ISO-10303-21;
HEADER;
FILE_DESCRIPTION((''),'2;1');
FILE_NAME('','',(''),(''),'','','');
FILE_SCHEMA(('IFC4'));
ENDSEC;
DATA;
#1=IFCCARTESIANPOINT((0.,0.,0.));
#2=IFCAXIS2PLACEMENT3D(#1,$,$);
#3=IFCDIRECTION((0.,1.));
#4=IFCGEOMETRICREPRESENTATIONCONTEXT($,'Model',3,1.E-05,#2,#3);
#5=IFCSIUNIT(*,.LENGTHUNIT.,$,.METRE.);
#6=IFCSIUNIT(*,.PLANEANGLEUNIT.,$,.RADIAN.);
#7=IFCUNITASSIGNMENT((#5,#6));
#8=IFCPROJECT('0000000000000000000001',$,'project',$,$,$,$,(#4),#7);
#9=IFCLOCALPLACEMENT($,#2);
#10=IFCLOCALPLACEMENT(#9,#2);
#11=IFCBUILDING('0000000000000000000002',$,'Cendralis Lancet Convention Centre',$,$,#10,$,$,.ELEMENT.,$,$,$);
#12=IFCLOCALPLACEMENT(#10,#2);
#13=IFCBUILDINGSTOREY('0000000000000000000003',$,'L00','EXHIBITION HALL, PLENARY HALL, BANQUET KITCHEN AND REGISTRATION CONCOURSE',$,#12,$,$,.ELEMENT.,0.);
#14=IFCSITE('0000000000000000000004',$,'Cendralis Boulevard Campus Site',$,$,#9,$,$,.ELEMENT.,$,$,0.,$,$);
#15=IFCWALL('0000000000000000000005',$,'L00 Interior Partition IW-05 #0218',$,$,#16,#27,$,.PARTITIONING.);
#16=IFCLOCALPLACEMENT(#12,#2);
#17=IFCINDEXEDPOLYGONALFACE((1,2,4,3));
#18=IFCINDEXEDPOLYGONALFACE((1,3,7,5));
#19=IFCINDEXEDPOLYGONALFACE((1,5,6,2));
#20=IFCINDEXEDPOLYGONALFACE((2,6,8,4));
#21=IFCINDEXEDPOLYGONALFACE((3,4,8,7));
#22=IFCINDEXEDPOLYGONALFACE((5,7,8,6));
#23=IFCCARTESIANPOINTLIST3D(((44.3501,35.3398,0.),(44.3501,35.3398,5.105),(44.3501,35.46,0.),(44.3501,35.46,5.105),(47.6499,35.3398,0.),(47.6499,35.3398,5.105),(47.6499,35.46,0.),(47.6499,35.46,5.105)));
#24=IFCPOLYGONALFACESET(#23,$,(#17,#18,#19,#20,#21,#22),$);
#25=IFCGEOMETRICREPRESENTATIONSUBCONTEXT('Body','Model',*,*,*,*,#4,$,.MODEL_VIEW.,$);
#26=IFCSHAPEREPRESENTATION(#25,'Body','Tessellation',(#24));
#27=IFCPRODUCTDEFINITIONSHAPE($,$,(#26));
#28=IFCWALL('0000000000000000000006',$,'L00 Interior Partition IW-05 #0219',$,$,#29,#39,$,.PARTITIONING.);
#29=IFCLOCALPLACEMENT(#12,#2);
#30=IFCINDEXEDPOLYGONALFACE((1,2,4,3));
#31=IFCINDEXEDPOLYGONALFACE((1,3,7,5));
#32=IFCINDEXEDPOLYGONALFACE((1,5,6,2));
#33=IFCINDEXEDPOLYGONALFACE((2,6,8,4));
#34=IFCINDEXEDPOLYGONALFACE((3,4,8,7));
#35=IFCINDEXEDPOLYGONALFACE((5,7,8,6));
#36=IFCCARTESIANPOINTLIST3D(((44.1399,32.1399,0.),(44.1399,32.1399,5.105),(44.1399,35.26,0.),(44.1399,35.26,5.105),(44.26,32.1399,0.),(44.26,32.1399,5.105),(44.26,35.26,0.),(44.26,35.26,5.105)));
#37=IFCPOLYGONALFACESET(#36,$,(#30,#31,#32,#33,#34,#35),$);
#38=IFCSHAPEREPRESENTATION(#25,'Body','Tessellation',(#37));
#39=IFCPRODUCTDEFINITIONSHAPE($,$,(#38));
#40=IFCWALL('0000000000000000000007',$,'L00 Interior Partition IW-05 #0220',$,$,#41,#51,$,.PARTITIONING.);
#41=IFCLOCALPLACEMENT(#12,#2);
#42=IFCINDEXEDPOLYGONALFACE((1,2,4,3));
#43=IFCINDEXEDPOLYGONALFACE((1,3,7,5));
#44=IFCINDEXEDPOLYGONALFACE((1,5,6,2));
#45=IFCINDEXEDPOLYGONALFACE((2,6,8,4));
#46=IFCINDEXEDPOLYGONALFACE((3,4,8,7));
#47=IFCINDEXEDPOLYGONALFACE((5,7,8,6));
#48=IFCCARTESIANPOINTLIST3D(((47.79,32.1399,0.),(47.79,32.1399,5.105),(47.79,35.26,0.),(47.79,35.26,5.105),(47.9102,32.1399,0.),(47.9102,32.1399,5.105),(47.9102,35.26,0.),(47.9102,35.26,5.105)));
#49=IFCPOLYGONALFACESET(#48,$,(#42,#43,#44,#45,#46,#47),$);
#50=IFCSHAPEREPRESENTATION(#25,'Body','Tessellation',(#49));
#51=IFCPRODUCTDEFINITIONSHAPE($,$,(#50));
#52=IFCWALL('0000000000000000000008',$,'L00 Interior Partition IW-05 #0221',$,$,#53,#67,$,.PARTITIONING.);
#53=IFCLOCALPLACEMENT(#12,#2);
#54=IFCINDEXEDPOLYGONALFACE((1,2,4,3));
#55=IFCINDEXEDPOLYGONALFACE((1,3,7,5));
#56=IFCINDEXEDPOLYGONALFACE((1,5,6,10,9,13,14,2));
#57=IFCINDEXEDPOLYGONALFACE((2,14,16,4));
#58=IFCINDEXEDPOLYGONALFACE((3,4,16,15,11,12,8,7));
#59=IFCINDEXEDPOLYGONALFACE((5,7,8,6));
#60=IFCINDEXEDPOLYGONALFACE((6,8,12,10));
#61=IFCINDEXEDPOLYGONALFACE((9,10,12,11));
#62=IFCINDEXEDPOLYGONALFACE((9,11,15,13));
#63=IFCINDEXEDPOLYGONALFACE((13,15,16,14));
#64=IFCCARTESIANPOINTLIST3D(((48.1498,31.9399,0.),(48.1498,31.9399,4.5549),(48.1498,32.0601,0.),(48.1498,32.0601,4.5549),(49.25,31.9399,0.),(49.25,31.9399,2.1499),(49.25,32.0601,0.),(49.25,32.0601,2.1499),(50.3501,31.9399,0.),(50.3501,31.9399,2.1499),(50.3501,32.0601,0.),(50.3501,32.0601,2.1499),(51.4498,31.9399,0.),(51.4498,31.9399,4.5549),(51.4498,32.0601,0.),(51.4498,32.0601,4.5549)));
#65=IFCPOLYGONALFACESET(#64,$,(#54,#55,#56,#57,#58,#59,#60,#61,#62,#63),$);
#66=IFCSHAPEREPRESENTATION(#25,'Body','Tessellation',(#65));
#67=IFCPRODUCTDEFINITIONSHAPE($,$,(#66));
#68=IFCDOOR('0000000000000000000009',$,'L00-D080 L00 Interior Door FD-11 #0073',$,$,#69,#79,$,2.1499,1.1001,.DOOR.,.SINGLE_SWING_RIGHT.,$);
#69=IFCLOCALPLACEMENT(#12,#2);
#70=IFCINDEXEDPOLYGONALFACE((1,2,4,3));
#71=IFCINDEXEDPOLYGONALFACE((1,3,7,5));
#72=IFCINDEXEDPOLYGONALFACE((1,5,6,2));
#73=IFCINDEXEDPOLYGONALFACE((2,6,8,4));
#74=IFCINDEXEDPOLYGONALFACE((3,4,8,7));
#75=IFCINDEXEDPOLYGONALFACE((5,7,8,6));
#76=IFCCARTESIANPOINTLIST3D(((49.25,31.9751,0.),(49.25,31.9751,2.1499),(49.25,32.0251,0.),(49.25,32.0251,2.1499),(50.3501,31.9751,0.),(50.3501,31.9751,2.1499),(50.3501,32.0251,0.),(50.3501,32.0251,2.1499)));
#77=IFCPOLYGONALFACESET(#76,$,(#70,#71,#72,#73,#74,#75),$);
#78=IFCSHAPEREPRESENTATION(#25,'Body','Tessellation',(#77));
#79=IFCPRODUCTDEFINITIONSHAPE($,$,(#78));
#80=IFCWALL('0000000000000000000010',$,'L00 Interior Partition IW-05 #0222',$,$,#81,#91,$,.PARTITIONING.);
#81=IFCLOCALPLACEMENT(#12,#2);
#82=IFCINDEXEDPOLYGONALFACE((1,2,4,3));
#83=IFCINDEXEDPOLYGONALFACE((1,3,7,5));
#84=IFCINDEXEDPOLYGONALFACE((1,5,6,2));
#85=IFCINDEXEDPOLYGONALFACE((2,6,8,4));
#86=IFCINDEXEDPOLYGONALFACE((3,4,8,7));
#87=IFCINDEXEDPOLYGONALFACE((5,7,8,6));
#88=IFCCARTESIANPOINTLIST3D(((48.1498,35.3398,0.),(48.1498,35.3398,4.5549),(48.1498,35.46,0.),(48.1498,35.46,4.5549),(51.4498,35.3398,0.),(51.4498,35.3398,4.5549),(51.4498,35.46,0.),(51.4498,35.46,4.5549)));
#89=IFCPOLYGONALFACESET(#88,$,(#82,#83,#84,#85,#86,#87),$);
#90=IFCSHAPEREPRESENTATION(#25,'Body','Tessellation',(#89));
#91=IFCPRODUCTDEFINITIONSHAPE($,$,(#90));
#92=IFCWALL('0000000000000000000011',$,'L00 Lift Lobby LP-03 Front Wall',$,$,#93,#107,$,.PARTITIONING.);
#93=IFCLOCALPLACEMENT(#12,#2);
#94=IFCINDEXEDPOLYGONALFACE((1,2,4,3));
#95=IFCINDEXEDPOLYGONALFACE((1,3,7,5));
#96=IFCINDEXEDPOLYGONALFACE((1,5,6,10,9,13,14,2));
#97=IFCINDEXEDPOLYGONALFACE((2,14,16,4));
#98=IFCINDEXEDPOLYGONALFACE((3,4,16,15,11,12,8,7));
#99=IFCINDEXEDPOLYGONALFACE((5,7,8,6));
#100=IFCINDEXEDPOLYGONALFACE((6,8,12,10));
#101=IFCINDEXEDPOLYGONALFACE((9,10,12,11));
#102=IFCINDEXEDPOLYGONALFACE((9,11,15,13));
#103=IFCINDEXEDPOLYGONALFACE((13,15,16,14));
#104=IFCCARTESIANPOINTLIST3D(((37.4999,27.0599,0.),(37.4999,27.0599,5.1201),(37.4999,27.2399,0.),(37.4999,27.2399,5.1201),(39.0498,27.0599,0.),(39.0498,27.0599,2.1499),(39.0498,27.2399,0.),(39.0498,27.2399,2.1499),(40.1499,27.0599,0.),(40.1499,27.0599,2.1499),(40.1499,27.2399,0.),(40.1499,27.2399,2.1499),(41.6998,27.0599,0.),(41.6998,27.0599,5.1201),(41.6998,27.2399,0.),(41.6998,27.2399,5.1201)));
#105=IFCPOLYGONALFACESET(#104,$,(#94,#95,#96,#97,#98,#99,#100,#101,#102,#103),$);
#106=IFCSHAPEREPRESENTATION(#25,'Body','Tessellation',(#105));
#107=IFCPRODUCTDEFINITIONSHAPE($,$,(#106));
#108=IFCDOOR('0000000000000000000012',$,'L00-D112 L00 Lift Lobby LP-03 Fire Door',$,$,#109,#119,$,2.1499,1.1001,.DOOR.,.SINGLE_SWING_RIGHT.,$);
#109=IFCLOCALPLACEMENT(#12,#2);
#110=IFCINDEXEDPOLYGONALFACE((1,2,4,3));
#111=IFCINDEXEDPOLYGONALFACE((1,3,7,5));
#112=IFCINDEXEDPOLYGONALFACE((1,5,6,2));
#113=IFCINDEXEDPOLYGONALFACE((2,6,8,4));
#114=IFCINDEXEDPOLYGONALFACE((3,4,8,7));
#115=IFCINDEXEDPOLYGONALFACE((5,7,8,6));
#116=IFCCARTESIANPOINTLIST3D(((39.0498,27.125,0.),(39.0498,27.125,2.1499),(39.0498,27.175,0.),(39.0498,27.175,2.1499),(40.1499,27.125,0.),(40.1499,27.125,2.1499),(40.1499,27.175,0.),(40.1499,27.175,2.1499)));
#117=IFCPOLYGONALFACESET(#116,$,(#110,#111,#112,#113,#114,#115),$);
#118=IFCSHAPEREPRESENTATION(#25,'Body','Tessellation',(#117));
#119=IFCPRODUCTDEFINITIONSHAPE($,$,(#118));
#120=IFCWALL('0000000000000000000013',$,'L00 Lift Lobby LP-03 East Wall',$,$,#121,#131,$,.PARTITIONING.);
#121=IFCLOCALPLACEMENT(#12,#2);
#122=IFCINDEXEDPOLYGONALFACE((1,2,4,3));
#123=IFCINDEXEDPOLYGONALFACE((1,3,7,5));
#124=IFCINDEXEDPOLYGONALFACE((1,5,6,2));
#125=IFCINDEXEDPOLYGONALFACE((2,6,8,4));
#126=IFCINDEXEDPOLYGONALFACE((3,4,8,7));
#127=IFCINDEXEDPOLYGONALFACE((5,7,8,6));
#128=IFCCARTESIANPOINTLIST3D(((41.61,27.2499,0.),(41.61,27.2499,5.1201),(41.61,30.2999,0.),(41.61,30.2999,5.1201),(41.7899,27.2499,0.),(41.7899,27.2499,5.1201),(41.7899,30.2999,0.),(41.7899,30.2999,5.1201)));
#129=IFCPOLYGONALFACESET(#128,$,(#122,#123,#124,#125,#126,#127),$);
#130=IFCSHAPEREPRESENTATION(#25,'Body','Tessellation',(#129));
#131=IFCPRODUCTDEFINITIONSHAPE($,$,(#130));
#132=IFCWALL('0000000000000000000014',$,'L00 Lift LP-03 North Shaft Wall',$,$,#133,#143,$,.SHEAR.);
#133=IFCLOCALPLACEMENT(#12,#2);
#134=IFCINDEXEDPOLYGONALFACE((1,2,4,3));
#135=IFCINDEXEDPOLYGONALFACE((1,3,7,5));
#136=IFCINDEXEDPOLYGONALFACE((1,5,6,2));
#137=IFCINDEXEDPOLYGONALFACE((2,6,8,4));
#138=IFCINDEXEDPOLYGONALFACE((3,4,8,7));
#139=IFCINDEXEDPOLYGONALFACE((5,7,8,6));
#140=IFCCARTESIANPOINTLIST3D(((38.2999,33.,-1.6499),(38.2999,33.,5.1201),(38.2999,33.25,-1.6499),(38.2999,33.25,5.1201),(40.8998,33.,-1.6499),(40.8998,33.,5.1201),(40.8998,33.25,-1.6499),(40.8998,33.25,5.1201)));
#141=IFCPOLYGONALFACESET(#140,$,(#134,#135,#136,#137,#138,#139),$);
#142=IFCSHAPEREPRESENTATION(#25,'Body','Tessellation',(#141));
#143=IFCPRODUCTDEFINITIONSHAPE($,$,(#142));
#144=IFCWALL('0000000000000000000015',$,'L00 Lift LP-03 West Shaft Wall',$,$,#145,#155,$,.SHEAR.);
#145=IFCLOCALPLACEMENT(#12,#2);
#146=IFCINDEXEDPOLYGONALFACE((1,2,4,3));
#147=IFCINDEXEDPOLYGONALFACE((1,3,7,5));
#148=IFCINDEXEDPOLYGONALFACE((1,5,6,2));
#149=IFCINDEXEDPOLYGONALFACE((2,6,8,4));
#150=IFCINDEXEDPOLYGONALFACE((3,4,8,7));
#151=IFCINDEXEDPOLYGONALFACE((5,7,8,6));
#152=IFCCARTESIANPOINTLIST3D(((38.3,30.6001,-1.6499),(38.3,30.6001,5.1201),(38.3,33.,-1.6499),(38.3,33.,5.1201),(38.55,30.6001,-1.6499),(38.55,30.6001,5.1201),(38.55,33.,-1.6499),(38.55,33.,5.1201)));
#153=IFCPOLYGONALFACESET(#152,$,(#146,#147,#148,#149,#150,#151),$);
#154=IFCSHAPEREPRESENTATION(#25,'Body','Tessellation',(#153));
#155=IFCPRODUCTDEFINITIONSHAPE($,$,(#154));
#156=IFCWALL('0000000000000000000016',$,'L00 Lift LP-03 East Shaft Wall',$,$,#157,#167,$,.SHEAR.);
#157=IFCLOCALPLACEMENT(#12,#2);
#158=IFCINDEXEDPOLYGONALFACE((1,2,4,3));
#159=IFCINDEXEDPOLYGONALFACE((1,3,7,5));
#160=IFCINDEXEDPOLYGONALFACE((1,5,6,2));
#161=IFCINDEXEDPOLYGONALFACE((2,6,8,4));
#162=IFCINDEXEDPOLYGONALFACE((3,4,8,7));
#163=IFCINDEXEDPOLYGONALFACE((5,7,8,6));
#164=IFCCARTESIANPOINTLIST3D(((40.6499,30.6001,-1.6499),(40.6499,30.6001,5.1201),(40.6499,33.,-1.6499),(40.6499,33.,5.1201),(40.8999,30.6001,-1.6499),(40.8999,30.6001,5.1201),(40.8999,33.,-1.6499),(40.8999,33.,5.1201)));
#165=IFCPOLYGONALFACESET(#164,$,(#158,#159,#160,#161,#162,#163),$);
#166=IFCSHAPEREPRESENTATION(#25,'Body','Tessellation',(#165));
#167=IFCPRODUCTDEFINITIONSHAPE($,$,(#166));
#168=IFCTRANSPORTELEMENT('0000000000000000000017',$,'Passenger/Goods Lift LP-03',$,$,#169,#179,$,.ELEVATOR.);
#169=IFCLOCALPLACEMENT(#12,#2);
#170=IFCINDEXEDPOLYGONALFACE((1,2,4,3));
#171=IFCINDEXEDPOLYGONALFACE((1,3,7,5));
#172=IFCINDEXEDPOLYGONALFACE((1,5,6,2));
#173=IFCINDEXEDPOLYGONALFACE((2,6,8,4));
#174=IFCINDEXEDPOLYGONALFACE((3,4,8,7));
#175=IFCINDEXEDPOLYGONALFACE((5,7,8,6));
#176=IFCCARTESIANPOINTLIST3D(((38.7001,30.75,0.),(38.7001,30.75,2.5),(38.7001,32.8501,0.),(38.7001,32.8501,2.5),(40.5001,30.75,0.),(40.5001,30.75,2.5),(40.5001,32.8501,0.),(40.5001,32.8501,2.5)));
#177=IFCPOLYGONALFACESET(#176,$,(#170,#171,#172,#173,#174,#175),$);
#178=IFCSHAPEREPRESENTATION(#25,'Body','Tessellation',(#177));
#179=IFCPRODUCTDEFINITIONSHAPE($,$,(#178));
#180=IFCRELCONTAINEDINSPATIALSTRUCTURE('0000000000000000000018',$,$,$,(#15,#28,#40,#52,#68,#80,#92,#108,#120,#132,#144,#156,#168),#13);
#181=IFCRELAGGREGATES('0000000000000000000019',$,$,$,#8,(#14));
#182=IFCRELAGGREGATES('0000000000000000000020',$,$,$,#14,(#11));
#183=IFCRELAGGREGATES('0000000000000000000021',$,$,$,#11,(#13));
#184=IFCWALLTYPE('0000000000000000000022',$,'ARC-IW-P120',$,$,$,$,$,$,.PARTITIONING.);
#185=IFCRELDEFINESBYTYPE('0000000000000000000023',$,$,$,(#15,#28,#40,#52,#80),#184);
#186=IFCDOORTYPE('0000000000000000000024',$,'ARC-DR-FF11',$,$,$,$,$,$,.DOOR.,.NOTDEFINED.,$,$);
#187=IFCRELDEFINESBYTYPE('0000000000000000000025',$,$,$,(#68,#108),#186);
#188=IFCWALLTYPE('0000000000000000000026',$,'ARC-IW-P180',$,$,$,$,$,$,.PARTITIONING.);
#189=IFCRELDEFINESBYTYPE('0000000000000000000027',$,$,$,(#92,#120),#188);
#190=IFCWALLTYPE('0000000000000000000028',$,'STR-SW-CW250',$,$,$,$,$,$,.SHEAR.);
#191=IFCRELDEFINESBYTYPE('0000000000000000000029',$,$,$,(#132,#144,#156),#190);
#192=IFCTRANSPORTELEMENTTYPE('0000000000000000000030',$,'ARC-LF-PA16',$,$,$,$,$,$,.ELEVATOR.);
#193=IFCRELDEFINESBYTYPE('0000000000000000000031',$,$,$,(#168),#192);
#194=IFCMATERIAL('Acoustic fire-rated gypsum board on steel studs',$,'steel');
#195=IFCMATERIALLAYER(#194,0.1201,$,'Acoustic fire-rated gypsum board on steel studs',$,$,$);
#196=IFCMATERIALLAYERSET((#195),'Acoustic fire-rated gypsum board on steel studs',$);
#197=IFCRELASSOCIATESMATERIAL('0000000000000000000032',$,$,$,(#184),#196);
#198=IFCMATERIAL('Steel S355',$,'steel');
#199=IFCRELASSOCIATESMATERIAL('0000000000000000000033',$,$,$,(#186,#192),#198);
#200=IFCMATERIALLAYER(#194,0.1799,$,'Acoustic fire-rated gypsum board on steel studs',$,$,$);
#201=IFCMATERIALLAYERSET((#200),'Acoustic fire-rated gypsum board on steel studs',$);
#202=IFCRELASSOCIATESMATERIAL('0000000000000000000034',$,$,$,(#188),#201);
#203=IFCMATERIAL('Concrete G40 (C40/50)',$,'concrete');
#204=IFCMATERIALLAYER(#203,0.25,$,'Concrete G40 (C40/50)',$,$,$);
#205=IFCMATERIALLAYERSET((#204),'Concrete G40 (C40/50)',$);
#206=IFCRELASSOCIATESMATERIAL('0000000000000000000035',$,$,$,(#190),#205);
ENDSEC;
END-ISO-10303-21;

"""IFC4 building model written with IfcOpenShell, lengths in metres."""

from ifc_helpers import new_model, si_unit, direction, frame, frame_2d, origin, origin_2d, place, context, subcontext, project, spatial, rectangle, extrude, material, layer, layer_set, type_object, element, fill, save


model = new_model("IFC4")

# Units and contexts
model_context = context("Model", 3, precision=1e-05, world=origin(), true_north=direction((0.0, 1.0)))
body_context = subcontext(model_context, "Body", "Model", "MODEL_VIEW")
ifc_project = project(units=[si_unit("LENGTHUNIT", "METRE"), si_unit("PLANEANGLEUNIT", "RADIAN")], contexts=[model_context])

# Site, building, storey
site_placement = place(None, origin())
site = spatial("IfcSite", under=ifc_project, at=site_placement, Name="Cendralis Boulevard Campus Site", CompositionType="ELEMENT", RefElevation=0.0)
building_placement = place(site_placement, origin())
building = spatial("IfcBuilding", under=site, at=building_placement, Name="Cendralis Lancet Convention Centre", CompositionType="ELEMENT")
storey_placement = place(building_placement, origin())
storey = spatial("IfcBuildingStorey", under=building, at=storey_placement, Name="L00", Description="EXHIBITION HALL, PLENARY HALL, BANQUET KITCHEN AND REGISTRATION CONCOURSE", CompositionType="ELEMENT", Elevation=0.0)

# Shared definitions
ifc_material_1 = material(Name="Concrete G40 (C40/50)", Category="concrete")

# Shared definitions
ifc_material_2 = material(Name="Acoustic fire-rated gypsum board on steel studs", Category="steel")
ifc_layer_1 = layer(ifc_material_2, 0.1201, Name="Acoustic fire-rated gypsum board on steel studs")
ifc_layer_set_1 = layer_set([ifc_layer_1], Name="Acoustic fire-rated gypsum board on steel studs")
wall_type_1 = type_object("IfcWallType", Name="ARC-IW-P120", PredefinedType="PARTITIONING", material=ifc_layer_set_1)
ifc_material_3 = material(Name="Steel S355", Category="steel")
door_type_1 = type_object("IfcDoorType", Name="ARC-DR-FF11", OperationType="NOTDEFINED", PredefinedType="DOOR", material=ifc_material_3)

# Walls
wall_1_placement = place(storey_placement, frame((44.3501, 35.3999, 0.0), z_axis=(0.0, 0.0, 1.0), x_axis=(1.0, 0.0, 0.0)))
element("IfcWall", 1, at=wall_1_placement, inside=storey, type_object=wall_type_1, Name="L00 Interior Partition IW-05 #0218", PredefinedType="PARTITIONING", context=body_context, shape_type="SweptSolid", body=[
    extrude(rectangle(XDim=3.2998, YDim=0.1201, at=frame_2d((1.6499, 0.0))), origin(), (0.0, 0.0, 1.0), 5.105),
])
for number, where, z_axis, x_axis, name in (
    (2, (44.2, 32.1399, 0.0), (0.0, 0.0, 1.0), (0.0, 1.0, 0.0), "L00 Interior Partition IW-05 #0219"),
    (3, (47.8501, 32.1399, 0.0), (0.0, 0.0, 1.0), (0.0, 1.0, 0.0), "L00 Interior Partition IW-05 #0220"),
):
    element("IfcWall", number, at=place(storey_placement, frame(where, z_axis=z_axis, x_axis=x_axis)), inside=storey, type_object=wall_type_1, Name=name, PredefinedType="PARTITIONING", context=body_context, shape_type="SweptSolid", body=[
        extrude(rectangle(XDim=3.1201, YDim=0.1201, at=frame_2d((1.5601, 0.0))), origin(), (0.0, 0.0, 1.0), 5.105),
    ])

# Wall, opening, door
wall_2_placement = place(storey_placement, frame((48.1499, 32.0, 0.0), z_axis=(0.0, 0.0, 1.0), x_axis=(1.0, 0.0, 0.0)))
wall_2 = element("IfcWall", 4, at=wall_2_placement, inside=storey, type_object=wall_type_1, Name="L00 Interior Partition IW-05 #0221", PredefinedType="PARTITIONING", context=body_context, shape_type="SweptSolid", body=[
    extrude(rectangle(XDim=3.3, YDim=0.1201, at=frame_2d((1.6499, 0.0))), origin(), (0.0, 0.0, 1.0), 4.5549),
])
opening_1_placement = place(wall_2_placement, frame((1.1001, 0.0, 0.0)))
opening_1 = element("IfcOpeningElement", 5, at=opening_1_placement, cuts=wall_2, PredefinedType="OPENING", context=body_context, shape_type="SweptSolid", body=[
    extrude(rectangle(XDim=1.1001, YDim=2.1499, at=frame_2d((0.55, 1.075))), frame((0.0, 0.0701, 0.0), z_axis=(0.0, -1.0, 0.0), x_axis=(1.0, 0.0, 0.0)), (0.0, 0.0, 1.0), 0.1401),
])
door_1_placement = place(opening_1_placement, frame((1.1001, 0.0, 0.0), z_axis=(0.0, 0.0, 1.0), x_axis=(-1.0, 0.0, 0.0)))
door_1 = element("IfcDoor", 6, at=door_1_placement, inside=storey, type_object=door_type_1, Name="L00-D080 L00 Interior Door FD-11 #0073", OperationType="SINGLE_SWING_RIGHT", OverallHeight=2.1499, OverallWidth=1.1001, PredefinedType="DOOR", context=body_context, shape_type="SweptSolid", body=[
    extrude(rectangle(XDim=1.1001, YDim=2.1499, at=frame_2d((0.55, 1.075))), frame((0.0, 0.0249, 0.0), z_axis=(0.0, -1.0, 0.0), x_axis=(1.0, 0.0, 0.0)), (0.0, 0.0, 1.0), 0.05),
])
fill(opening_1, door_1)

# Wall
wall_3_placement = place(storey_placement, frame((48.1499, 35.3999, 0.0), z_axis=(0.0, 0.0, 1.0), x_axis=(1.0, 0.0, 0.0)))
element("IfcWall", 7, at=wall_3_placement, inside=storey, type_object=wall_type_1, Name="L00 Interior Partition IW-05 #0222", PredefinedType="PARTITIONING", context=body_context, shape_type="SweptSolid", body=[
    extrude(rectangle(XDim=3.3, YDim=0.1201, at=frame_2d((1.6499, 0.0))), origin(), (0.0, 0.0, 1.0), 4.5549),
])

# Wall, opening, door
ifc_layer_2 = layer(ifc_material_2, 0.1799, Name="Acoustic fire-rated gypsum board on steel studs")
ifc_layer_set_2 = layer_set([ifc_layer_2], Name="Acoustic fire-rated gypsum board on steel studs")
wall_type_2 = type_object("IfcWallType", Name="ARC-IW-P180", PredefinedType="PARTITIONING", material=ifc_layer_set_2)
wall_4_placement = place(storey_placement, frame((41.7, 27.1499, 0.0), z_axis=(0.0, 0.0, 1.0), x_axis=(-1.0, 0.0, 0.0)))
wall_4 = element("IfcWall", 8, at=wall_4_placement, inside=storey, type_object=wall_type_2, Name="L00 Lift Lobby LP-03 Front Wall", PredefinedType="PARTITIONING", context=body_context, shape_type="SweptSolid", body=[
    extrude(rectangle(XDim=4.2, YDim=0.1799, at=frame_2d((2.1001, 0.0))), origin(), (0.0, 0.0, 1.0), 5.1201),
])
opening_2_placement = place(wall_4_placement, frame((1.55, 0.0, 0.0)))
opening_2 = element("IfcOpeningElement", 9, at=opening_2_placement, cuts=wall_4, PredefinedType="OPENING", context=body_context, shape_type="SweptSolid", body=[
    extrude(rectangle(XDim=1.1001, YDim=2.1499, at=frame_2d((0.55, 1.075))), frame((0.0, 0.0999, 0.0), z_axis=(0.0, -1.0, 0.0), x_axis=(1.0, 0.0, 0.0)), (0.0, 0.0, 1.0), 0.2),
])
door_2_placement = place(opening_2_placement, origin())
door_2 = element("IfcDoor", 10, at=door_2_placement, inside=storey, type_object=door_type_1, Name="L00-D112 L00 Lift Lobby LP-03 Fire Door", OperationType="SINGLE_SWING_RIGHT", OverallHeight=2.1499, OverallWidth=1.1001, PredefinedType="DOOR", context=body_context, shape_type="SweptSolid", body=[
    extrude(rectangle(XDim=1.1001, YDim=2.1499, at=frame_2d((0.55, 1.075))), frame((0.0, 0.0249, 0.0), z_axis=(0.0, -1.0, 0.0), x_axis=(1.0, 0.0, 0.0)), (0.0, 0.0, 1.0), 0.05),
])
fill(opening_2, door_2)

# Wall
wall_5_placement = place(storey_placement, frame((41.7, 27.25, 0.0), z_axis=(0.0, 0.0, 1.0), x_axis=(0.0, 1.0, 0.0)))
element("IfcWall", 11, at=wall_5_placement, inside=storey, type_object=wall_type_2, Name="L00 Lift Lobby LP-03 East Wall", PredefinedType="PARTITIONING", context=body_context, shape_type="SweptSolid", body=[
    extrude(rectangle(XDim=3.05, YDim=0.1799, at=frame_2d((1.5249, 0.0))), origin(), (0.0, 0.0, 1.0), 5.1201),
])

# Shared definitions
ifc_layer_3 = layer(ifc_material_1, 0.25, Name="Concrete G40 (C40/50)")
ifc_layer_set_3 = layer_set([ifc_layer_3], Name="Concrete G40 (C40/50)")
wall_type_3 = type_object("IfcWallType", Name="STR-SW-CW250", PredefinedType="SHEAR", material=ifc_layer_set_3)

# Walls
wall_6_placement = place(storey_placement, frame((38.3, 33.125, -1.6499), z_axis=(0.0, 0.0, 1.0), x_axis=(1.0, 0.0, 0.0)))
element("IfcWall", 12, at=wall_6_placement, inside=storey, type_object=wall_type_3, Name="L00 Lift LP-03 North Shaft Wall", PredefinedType="SHEAR", context=body_context, shape_type="SweptSolid", body=[
    extrude(rectangle(XDim=2.5999, YDim=0.25, at=frame_2d((1.2998, 0.0))), origin(), (0.0, 0.0, 1.0), 6.77),
])
for number, where, z_axis, x_axis, name in (
    (13, (38.425, 30.6001, -1.6499), (0.0, 0.0, 1.0), (0.0, 1.0, 0.0), "L00 Lift LP-03 West Shaft Wall"),
    (14, (40.7749, 30.6001, -1.6499), (0.0, 0.0, 1.0), (0.0, 1.0, 0.0), "L00 Lift LP-03 East Shaft Wall"),
):
    element("IfcWall", number, at=place(storey_placement, frame(where, z_axis=z_axis, x_axis=x_axis)), inside=storey, type_object=wall_type_3, Name=name, PredefinedType="SHEAR", context=body_context, shape_type="SweptSolid", body=[
        extrude(rectangle(XDim=2.3999, YDim=0.25, at=frame_2d((1.2, 0.0))), origin(), (0.0, 0.0, 1.0), 6.77),
    ])

# Transport element
transport_element_type = type_object("IfcTransportElementType", Name="ARC-LF-PA16", PredefinedType="ELEVATOR", material=ifc_material_3)
transport_element_placement = place(storey_placement, frame((39.6001, 31.8, 0.0), z_axis=(0.0, 0.0, 1.0), x_axis=(1.0, 0.0, 0.0)))
element("IfcTransportElement", 15, at=transport_element_placement, inside=storey, type_object=transport_element_type, Name="Passenger/Goods Lift LP-03", PredefinedType="ELEVATOR", context=body_context, shape_type="SweptSolid", body=[
    extrude(rectangle(XDim=1.8, YDim=2.1001, at=origin_2d()), origin(), (0.0, 0.0, 1.0), 2.5),
])

save(model, "model.ifc")
